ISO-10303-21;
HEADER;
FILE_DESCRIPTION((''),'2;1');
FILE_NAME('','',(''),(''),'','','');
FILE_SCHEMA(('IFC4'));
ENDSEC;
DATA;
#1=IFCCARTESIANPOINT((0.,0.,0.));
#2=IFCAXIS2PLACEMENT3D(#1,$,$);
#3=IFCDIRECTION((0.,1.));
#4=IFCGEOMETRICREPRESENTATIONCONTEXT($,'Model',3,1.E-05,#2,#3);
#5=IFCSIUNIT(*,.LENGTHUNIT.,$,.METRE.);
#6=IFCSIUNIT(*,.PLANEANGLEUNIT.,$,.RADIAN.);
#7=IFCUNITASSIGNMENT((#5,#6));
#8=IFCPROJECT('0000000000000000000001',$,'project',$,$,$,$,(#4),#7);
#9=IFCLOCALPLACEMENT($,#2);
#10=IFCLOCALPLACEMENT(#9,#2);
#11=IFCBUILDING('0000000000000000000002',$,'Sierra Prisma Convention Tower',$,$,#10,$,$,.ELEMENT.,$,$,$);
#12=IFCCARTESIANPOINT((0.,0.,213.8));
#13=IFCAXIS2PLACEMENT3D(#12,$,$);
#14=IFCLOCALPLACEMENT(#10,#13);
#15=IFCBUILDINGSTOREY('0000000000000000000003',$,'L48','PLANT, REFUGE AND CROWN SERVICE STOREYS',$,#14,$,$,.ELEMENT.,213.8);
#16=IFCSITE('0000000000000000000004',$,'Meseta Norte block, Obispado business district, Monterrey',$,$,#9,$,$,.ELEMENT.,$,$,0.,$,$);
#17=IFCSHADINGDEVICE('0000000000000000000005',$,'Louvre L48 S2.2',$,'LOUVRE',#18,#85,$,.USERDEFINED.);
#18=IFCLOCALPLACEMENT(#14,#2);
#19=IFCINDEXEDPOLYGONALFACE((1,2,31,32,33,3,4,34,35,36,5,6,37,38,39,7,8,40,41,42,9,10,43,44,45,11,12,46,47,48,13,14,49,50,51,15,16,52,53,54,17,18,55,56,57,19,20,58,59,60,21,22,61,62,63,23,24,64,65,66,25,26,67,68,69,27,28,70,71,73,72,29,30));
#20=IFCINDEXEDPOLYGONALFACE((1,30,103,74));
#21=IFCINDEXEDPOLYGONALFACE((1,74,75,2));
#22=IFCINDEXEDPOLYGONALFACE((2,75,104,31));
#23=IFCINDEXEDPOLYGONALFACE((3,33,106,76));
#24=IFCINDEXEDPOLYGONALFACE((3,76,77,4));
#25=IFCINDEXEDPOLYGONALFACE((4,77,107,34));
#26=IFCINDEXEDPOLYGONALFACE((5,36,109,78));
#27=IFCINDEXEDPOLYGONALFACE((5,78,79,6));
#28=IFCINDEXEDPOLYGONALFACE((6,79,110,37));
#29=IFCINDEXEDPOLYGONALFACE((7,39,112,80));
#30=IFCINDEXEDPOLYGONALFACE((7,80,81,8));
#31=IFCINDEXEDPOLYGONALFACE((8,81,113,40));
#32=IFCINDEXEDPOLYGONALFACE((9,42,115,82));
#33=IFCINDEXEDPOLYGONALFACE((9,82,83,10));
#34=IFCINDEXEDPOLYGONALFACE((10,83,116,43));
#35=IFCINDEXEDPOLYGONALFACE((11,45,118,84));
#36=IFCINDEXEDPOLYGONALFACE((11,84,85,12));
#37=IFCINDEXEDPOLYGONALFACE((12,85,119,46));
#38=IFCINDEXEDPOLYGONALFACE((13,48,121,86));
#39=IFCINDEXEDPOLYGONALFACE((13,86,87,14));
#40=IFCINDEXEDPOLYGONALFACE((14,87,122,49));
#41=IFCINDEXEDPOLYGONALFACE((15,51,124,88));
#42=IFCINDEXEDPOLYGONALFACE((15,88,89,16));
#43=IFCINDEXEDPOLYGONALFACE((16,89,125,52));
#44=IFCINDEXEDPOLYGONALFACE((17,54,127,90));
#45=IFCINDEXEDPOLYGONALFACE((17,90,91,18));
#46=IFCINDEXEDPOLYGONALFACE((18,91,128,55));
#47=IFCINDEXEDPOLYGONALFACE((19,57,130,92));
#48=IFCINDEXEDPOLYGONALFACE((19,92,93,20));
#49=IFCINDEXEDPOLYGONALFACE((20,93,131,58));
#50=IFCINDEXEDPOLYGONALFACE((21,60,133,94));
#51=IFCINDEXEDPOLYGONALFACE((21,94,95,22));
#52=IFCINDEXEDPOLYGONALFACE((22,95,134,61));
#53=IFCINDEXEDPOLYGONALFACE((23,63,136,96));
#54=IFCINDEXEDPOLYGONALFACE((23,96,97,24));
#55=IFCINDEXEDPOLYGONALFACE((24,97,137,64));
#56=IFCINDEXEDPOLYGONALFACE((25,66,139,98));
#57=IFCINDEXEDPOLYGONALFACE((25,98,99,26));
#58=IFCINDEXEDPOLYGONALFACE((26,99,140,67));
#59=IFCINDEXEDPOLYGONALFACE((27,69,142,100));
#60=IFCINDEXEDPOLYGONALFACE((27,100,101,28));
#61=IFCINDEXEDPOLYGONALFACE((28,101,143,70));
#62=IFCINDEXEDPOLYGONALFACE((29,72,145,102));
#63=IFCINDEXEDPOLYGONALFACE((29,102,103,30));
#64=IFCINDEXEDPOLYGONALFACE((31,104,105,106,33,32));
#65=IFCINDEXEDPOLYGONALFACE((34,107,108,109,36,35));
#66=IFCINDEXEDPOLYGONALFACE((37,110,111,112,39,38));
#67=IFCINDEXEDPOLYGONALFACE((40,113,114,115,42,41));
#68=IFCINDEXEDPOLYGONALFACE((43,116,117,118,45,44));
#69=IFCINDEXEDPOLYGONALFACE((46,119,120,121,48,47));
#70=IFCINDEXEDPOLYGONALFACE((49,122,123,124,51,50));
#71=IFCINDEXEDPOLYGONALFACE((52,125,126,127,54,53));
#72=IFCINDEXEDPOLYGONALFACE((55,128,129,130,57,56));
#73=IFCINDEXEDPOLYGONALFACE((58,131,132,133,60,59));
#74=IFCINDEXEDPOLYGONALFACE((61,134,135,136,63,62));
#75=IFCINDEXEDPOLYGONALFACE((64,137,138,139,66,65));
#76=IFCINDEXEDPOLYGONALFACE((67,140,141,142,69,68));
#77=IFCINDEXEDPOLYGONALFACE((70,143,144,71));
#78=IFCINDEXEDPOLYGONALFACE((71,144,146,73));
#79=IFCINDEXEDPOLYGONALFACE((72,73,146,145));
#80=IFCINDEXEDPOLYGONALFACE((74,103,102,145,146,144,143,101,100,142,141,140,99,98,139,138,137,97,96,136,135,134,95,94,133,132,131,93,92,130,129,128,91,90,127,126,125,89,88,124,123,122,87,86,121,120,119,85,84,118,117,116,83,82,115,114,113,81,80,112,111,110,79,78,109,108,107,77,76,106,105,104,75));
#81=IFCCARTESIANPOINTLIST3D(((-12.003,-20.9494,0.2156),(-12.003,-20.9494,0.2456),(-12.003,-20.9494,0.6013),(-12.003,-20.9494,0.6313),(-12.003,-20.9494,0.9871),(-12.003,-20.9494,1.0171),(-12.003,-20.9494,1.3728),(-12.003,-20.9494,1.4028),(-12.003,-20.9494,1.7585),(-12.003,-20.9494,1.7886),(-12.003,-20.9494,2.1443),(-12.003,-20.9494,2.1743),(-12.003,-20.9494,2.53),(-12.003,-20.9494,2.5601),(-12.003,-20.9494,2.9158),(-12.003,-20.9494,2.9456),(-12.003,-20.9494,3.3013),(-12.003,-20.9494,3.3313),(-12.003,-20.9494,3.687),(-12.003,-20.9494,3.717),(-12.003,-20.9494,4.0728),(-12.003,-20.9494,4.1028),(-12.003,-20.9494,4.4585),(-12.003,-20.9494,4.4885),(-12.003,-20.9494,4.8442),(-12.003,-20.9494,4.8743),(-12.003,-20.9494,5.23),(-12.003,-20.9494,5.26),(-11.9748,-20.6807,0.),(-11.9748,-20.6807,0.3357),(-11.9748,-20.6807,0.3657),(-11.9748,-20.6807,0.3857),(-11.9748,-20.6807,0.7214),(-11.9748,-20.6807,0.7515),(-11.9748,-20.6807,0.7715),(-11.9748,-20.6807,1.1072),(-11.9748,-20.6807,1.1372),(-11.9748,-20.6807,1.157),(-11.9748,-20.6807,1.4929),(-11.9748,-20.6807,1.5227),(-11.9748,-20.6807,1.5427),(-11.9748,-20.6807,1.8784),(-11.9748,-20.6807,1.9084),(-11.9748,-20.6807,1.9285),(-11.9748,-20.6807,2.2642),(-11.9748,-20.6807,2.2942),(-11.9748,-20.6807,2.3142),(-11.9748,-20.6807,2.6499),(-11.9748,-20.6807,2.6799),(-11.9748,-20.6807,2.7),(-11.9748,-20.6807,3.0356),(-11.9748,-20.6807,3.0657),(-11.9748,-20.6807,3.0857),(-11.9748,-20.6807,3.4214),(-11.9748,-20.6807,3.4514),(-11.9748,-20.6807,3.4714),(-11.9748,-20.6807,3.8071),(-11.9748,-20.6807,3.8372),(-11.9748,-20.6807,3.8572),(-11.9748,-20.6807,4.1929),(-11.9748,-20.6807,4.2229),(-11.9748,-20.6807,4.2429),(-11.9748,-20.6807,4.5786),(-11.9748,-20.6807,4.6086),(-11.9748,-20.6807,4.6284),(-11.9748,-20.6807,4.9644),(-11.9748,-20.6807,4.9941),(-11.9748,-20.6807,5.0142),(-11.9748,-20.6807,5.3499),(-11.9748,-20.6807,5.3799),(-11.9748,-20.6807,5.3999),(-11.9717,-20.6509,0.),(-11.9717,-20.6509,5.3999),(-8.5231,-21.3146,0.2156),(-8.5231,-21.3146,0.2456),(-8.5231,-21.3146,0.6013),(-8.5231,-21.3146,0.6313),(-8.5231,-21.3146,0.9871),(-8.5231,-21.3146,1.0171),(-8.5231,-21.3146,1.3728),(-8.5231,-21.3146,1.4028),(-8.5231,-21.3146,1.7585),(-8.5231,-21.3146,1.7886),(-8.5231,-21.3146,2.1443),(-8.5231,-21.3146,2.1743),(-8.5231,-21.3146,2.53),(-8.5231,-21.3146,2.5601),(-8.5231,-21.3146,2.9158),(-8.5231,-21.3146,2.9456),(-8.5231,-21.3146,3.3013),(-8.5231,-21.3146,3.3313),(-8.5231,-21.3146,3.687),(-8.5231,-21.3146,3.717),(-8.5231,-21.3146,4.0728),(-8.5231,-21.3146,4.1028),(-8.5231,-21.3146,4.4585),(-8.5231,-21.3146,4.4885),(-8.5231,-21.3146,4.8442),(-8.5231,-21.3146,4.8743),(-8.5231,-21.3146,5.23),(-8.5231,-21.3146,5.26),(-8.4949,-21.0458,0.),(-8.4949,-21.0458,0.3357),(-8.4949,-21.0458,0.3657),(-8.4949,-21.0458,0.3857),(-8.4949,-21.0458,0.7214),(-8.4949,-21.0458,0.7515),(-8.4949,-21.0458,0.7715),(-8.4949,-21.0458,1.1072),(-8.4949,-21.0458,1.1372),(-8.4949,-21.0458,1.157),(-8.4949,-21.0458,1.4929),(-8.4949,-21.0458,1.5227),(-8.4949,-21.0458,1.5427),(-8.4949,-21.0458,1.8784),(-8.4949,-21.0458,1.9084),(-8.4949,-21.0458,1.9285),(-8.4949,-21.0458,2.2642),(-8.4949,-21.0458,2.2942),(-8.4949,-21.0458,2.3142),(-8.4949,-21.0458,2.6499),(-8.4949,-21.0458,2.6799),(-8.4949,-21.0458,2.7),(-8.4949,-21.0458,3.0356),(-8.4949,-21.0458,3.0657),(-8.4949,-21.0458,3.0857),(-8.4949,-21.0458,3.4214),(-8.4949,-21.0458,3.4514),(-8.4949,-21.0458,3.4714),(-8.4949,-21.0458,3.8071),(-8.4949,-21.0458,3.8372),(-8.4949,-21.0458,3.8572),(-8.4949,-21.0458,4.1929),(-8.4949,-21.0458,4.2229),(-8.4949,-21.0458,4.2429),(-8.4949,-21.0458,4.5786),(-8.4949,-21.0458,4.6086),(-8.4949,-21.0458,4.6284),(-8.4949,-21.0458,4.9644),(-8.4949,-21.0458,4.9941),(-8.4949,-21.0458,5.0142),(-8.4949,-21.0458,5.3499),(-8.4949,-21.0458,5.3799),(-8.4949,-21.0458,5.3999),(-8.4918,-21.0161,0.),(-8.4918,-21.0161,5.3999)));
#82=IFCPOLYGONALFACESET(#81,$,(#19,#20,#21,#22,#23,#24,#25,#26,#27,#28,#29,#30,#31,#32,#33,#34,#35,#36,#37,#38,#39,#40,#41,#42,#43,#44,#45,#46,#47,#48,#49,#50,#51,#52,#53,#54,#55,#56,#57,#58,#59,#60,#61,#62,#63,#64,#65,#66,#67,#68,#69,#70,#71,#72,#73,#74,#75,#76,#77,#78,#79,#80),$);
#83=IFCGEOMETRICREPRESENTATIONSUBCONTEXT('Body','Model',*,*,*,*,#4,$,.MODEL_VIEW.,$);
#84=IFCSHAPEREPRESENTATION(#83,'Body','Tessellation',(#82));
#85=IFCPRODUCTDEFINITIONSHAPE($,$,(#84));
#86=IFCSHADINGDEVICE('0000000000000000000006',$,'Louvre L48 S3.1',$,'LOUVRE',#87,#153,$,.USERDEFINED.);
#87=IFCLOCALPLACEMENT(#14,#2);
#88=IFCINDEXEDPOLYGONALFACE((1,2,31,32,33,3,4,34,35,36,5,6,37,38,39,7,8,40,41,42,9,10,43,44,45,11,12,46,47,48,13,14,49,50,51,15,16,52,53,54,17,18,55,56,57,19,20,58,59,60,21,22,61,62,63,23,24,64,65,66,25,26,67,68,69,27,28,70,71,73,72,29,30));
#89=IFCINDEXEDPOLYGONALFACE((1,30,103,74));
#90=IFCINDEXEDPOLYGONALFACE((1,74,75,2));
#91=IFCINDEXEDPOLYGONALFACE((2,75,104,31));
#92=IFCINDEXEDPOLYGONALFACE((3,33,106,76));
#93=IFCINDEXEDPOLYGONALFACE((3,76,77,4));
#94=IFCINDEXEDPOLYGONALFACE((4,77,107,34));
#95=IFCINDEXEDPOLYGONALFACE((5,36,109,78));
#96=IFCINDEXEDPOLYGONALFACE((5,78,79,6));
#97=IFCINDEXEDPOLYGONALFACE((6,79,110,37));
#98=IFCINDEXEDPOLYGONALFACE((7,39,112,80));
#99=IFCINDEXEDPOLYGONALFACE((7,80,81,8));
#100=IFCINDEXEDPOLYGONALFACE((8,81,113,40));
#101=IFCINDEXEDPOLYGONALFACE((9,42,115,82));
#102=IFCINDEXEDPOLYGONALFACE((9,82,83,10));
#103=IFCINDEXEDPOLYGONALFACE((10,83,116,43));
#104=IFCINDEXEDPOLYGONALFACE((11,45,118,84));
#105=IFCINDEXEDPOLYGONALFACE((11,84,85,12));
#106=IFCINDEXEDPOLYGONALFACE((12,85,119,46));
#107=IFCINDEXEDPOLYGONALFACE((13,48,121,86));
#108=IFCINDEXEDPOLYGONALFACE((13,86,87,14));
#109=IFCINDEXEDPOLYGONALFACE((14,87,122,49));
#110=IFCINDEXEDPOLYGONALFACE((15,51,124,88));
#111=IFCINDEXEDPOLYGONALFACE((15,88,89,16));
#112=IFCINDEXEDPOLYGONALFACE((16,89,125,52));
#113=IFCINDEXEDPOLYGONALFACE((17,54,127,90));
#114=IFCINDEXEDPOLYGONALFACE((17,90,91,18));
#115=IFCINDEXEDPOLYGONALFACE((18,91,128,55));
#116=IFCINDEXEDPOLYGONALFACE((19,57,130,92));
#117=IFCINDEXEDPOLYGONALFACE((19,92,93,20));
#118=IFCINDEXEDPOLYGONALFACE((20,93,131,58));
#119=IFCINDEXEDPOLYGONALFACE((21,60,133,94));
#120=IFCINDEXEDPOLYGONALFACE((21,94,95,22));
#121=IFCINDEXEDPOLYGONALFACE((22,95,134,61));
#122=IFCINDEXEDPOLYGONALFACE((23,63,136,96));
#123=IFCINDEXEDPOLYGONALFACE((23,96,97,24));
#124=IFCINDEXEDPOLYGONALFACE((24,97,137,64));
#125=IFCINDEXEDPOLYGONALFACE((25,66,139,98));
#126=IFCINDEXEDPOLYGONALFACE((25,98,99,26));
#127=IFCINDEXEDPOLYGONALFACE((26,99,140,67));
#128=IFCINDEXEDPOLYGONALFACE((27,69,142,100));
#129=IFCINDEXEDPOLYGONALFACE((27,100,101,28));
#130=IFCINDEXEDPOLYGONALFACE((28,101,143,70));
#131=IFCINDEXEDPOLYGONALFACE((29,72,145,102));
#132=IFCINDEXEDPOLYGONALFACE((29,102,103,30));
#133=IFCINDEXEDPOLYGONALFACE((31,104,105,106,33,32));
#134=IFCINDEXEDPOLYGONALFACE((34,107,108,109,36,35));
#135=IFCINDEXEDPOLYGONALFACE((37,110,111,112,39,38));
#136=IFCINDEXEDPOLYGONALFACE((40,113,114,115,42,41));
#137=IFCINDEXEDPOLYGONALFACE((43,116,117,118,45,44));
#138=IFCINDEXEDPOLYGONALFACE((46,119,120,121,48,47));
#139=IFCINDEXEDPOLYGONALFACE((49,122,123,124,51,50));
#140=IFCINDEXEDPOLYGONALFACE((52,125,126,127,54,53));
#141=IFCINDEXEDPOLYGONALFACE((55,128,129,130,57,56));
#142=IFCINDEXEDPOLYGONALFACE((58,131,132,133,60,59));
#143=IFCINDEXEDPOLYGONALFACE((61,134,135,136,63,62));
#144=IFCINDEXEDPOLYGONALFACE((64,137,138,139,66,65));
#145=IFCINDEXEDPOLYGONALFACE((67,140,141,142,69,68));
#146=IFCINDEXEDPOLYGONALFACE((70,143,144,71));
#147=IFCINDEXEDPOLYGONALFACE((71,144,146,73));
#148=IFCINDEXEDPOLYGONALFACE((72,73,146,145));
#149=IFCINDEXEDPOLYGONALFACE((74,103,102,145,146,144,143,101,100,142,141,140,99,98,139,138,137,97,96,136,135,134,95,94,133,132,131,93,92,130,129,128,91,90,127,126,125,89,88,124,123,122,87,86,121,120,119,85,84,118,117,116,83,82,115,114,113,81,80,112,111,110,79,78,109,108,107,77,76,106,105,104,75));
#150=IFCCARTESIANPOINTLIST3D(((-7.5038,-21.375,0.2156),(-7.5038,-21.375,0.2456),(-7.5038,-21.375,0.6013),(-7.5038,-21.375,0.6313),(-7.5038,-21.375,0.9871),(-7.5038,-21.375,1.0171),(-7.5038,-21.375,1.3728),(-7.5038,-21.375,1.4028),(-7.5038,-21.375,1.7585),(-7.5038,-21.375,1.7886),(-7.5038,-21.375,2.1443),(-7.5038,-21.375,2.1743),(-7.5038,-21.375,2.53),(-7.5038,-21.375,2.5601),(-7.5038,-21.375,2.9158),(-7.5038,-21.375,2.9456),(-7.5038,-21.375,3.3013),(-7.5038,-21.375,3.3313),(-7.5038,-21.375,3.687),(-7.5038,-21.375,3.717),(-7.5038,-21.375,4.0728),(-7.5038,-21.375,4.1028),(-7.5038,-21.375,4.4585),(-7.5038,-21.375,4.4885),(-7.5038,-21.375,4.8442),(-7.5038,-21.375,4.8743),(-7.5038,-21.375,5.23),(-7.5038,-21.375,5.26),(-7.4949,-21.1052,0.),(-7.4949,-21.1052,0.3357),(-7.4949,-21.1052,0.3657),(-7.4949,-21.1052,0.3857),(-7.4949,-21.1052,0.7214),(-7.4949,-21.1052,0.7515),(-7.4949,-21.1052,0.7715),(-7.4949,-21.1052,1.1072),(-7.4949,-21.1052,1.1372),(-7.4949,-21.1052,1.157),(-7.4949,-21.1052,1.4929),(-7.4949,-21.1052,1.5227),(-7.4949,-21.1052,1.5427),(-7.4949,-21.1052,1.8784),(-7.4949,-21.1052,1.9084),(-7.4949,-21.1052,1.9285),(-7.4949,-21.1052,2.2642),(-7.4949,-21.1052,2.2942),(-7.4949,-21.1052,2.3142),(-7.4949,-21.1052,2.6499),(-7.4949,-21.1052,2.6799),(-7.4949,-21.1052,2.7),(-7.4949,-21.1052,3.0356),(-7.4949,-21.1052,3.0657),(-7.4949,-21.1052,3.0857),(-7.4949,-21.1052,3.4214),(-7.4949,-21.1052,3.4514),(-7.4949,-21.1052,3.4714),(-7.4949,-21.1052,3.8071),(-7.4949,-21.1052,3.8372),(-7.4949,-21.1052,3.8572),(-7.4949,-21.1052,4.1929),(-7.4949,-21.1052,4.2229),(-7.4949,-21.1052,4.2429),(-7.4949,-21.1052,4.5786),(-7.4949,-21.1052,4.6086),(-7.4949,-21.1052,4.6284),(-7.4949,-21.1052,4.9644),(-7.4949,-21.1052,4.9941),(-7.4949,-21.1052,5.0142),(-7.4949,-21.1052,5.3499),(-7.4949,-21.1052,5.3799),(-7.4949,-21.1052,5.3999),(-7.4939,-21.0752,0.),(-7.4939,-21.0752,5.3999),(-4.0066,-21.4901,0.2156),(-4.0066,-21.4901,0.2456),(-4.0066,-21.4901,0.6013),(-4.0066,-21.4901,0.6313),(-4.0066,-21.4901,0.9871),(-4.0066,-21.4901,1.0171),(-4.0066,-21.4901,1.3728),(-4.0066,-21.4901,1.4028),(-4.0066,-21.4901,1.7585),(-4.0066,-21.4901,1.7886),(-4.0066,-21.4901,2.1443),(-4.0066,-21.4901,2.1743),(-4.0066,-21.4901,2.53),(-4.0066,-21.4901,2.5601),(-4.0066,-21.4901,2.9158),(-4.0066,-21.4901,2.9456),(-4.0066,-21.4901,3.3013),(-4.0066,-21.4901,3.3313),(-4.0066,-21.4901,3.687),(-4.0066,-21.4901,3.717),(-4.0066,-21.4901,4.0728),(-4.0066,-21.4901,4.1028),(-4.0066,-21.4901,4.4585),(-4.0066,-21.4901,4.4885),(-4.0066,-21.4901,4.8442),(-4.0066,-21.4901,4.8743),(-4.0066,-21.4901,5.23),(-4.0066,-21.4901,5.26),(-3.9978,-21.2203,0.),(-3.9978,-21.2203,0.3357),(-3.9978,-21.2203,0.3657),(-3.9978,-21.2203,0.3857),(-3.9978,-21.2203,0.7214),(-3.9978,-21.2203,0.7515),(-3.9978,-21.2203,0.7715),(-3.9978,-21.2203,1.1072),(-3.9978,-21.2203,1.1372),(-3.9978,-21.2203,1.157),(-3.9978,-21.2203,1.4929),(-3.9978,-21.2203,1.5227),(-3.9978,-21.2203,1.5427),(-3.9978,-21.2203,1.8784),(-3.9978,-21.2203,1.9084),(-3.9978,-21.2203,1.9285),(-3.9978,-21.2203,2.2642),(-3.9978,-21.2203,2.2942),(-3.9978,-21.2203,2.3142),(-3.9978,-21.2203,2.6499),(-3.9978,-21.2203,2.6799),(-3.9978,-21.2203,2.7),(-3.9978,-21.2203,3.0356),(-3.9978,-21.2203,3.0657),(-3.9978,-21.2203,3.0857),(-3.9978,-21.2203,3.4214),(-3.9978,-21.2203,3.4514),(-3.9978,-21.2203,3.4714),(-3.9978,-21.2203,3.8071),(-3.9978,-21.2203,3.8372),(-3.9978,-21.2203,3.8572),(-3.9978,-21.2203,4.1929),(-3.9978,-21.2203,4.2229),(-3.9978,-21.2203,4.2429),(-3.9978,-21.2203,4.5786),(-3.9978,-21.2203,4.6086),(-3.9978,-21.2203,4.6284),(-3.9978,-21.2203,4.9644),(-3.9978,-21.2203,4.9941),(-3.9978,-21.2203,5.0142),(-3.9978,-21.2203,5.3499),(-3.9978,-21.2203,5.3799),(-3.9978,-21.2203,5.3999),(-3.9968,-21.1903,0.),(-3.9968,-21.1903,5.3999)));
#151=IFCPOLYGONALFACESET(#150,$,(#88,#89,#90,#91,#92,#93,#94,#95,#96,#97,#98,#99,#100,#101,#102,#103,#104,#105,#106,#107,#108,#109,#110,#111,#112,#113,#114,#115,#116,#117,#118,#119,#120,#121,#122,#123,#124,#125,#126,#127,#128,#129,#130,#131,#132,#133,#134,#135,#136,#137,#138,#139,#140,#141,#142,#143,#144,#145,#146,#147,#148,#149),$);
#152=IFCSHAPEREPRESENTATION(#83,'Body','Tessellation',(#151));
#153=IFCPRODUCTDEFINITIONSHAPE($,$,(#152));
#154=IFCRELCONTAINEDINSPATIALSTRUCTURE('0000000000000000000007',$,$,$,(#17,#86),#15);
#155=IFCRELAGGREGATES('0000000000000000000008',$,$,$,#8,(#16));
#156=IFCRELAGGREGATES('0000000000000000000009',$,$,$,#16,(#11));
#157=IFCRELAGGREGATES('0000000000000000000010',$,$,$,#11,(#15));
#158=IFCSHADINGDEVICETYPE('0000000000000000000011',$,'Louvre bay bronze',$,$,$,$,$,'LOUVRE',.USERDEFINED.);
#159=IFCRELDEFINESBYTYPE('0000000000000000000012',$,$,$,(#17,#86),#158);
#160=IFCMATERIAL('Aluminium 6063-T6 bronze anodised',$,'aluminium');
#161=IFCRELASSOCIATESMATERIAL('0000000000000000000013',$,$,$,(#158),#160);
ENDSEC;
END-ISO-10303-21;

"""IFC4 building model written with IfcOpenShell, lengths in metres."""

from ifc_helpers import new_model, si_unit, direction, frame, origin, place, context, subcontext, project, spatial, polyline, outline, extrude, material, type_object, element, save


model = new_model("IFC4")

# Units and contexts
model_context = context("Model", 3, precision=1e-05, world=origin(), true_north=direction((0.0, 1.0)))
body_context = subcontext(model_context, "Body", "Model", "MODEL_VIEW")
ifc_project = project(units=[si_unit("LENGTHUNIT", "METRE"), si_unit("PLANEANGLEUNIT", "RADIAN")], contexts=[model_context])

# Site, building, storey
site_placement = place(None, origin())
site = spatial("IfcSite", under=ifc_project, at=site_placement, Name="Meseta Norte block, Obispado business district, Monterrey", CompositionType="ELEMENT", RefElevation=0.0)
building_placement = place(site_placement, origin())
building = spatial("IfcBuilding", under=site, at=building_placement, Name="Sierra Prisma Convention Tower", CompositionType="ELEMENT")
storey_placement = place(building_placement, frame((0.0, 0.0, 213.8)))
storey = spatial("IfcBuildingStorey", under=building, at=storey_placement, Name="L48", Description="PLANT, REFUGE AND CROWN SERVICE STOREYS", CompositionType="ELEMENT", Elevation=213.8)

# Shading devices
ifc_material_1 = material(Name="Aluminium 6063-T6 bronze anodised", Category="aluminium")
shading_device_type = type_object("IfcShadingDeviceType", Name="Louvre bay bronze", ElementType="LOUVRE", PredefinedType="USERDEFINED", material=ifc_material_1)
shading_device_1_placement = place(storey_placement, frame((-11.9717, -20.6509, 0.0), z_axis=(-0.994539, 0.104366, 0.0), x_axis=(0.0, 0.0, 1.0)))
element("IfcShadingDevice", 1, at=shading_device_1_placement, inside=storey, type_object=shading_device_type, Name="Louvre L48 S2.2", ObjectType="LOUVRE", PredefinedType="USERDEFINED", context=body_context, shape_type="SweptSolid", body=[
    extrude(outline(polyline([(0.0, 0.0), (5.3999, 0.0), (5.3999, -0.03), (5.3799, -0.03), (5.26, -0.3002), (5.23, -0.3002), (5.3499, -0.03), (5.0142, -0.03), (4.9941, -0.03), (4.8743, -0.3002), (4.8442, -0.3002), (4.9644, -0.03), (4.6284, -0.03), (4.6086, -0.03), (4.4885, -0.3002), (4.4585, -0.3002), (4.5786, -0.03), (4.2429, -0.03), (4.2229, -0.03), (4.1028, -0.3002), (4.0728, -0.3002), (4.1929, -0.03), (3.8572, -0.03), (3.8372, -0.03), (3.717, -0.3002), (3.687, -0.3002), (3.8071, -0.03), (3.4714, -0.03), (3.4514, -0.03), (3.3313, -0.3002), (3.3013, -0.3002), (3.4214, -0.03), (3.0857, -0.03), (3.0657, -0.03), (2.9456, -0.3002), (2.9158, -0.3002), (3.0356, -0.03), (2.7, -0.03), (2.6799, -0.03), (2.5601, -0.3002), (2.53, -0.3002), (2.6499, -0.03), (2.3142, -0.03), (2.2942, -0.03), (2.1743, -0.3002), (2.1443, -0.3002), (2.2642, -0.03), (1.9285, -0.03), (1.9084, -0.03), (1.7886, -0.3002), (1.7585, -0.3002), (1.8784, -0.03), (1.5427, -0.03), (1.5227, -0.03), (1.4028, -0.3002), (1.3728, -0.3002), (1.4929, -0.03), (1.157, -0.03), (1.1372, -0.03), (1.0171, -0.3002), (0.9871, -0.3002), (1.1072, -0.03), (0.7715, -0.03), (0.7515, -0.03), (0.6313, -0.3002), (0.6013, -0.3002), (0.7214, -0.03), (0.3857, -0.03), (0.3657, -0.03), (0.2456, -0.3002), (0.2156, -0.3002), (0.3357, -0.03), (0.0, -0.03), (0.0, 0.0)])), origin(), (0.0, 0.0, -1.0), 3.499),
])
shading_device_2_placement = place(storey_placement, frame((-7.4939, -21.0752, 0.0), z_axis=(-0.999459, 0.032899, 0.0), x_axis=(0.0, 0.0, 1.0)))
element("IfcShadingDevice", 2, at=shading_device_2_placement, inside=storey, type_object=shading_device_type, Name="Louvre L48 S3.1", ObjectType="LOUVRE", PredefinedType="USERDEFINED", context=body_context, shape_type="SweptSolid", body=[
    extrude(outline(polyline([(0.0, 0.0), (5.3999, 0.0), (5.3999, -0.03), (5.3799, -0.03), (5.26, -0.3), (5.23, -0.3), (5.3499, -0.03), (5.0142, -0.03), (4.9941, -0.03), (4.8743, -0.3), (4.8442, -0.3), (4.9644, -0.03), (4.6284, -0.03), (4.6086, -0.03), (4.4885, -0.3), (4.4585, -0.3), (4.5786, -0.03), (4.2429, -0.03), (4.2229, -0.03), (4.1028, -0.3), (4.0728, -0.3), (4.1929, -0.03), (3.8572, -0.03), (3.8372, -0.03), (3.717, -0.3), (3.687, -0.3), (3.8071, -0.03), (3.4714, -0.03), (3.4514, -0.03), (3.3313, -0.3), (3.3013, -0.3), (3.4214, -0.03), (3.0857, -0.03), (3.0657, -0.03), (2.9456, -0.3), (2.9158, -0.3), (3.0356, -0.03), (2.7, -0.03), (2.6799, -0.03), (2.5601, -0.3), (2.53, -0.3), (2.6499, -0.03), (2.3142, -0.03), (2.2942, -0.03), (2.1743, -0.3), (2.1443, -0.3), (2.2642, -0.03), (1.9285, -0.03), (1.9084, -0.03), (1.7886, -0.3), (1.7585, -0.3), (1.8784, -0.03), (1.5427, -0.03), (1.5227, -0.03), (1.4028, -0.3), (1.3728, -0.3), (1.4929, -0.03), (1.157, -0.03), (1.1372, -0.03), (1.0171, -0.3), (0.9871, -0.3), (1.1072, -0.03), (0.7715, -0.03), (0.7515, -0.03), (0.6313, -0.3), (0.6013, -0.3), (0.7214, -0.03), (0.3857, -0.03), (0.3657, -0.03), (0.2456, -0.3), (0.2156, -0.3), (0.3357, -0.03), (0.0, -0.03), (0.0, 0.0)])), origin(), (0.0, 0.0, -1.0), 3.499),
])

save(model, "model.ifc")
